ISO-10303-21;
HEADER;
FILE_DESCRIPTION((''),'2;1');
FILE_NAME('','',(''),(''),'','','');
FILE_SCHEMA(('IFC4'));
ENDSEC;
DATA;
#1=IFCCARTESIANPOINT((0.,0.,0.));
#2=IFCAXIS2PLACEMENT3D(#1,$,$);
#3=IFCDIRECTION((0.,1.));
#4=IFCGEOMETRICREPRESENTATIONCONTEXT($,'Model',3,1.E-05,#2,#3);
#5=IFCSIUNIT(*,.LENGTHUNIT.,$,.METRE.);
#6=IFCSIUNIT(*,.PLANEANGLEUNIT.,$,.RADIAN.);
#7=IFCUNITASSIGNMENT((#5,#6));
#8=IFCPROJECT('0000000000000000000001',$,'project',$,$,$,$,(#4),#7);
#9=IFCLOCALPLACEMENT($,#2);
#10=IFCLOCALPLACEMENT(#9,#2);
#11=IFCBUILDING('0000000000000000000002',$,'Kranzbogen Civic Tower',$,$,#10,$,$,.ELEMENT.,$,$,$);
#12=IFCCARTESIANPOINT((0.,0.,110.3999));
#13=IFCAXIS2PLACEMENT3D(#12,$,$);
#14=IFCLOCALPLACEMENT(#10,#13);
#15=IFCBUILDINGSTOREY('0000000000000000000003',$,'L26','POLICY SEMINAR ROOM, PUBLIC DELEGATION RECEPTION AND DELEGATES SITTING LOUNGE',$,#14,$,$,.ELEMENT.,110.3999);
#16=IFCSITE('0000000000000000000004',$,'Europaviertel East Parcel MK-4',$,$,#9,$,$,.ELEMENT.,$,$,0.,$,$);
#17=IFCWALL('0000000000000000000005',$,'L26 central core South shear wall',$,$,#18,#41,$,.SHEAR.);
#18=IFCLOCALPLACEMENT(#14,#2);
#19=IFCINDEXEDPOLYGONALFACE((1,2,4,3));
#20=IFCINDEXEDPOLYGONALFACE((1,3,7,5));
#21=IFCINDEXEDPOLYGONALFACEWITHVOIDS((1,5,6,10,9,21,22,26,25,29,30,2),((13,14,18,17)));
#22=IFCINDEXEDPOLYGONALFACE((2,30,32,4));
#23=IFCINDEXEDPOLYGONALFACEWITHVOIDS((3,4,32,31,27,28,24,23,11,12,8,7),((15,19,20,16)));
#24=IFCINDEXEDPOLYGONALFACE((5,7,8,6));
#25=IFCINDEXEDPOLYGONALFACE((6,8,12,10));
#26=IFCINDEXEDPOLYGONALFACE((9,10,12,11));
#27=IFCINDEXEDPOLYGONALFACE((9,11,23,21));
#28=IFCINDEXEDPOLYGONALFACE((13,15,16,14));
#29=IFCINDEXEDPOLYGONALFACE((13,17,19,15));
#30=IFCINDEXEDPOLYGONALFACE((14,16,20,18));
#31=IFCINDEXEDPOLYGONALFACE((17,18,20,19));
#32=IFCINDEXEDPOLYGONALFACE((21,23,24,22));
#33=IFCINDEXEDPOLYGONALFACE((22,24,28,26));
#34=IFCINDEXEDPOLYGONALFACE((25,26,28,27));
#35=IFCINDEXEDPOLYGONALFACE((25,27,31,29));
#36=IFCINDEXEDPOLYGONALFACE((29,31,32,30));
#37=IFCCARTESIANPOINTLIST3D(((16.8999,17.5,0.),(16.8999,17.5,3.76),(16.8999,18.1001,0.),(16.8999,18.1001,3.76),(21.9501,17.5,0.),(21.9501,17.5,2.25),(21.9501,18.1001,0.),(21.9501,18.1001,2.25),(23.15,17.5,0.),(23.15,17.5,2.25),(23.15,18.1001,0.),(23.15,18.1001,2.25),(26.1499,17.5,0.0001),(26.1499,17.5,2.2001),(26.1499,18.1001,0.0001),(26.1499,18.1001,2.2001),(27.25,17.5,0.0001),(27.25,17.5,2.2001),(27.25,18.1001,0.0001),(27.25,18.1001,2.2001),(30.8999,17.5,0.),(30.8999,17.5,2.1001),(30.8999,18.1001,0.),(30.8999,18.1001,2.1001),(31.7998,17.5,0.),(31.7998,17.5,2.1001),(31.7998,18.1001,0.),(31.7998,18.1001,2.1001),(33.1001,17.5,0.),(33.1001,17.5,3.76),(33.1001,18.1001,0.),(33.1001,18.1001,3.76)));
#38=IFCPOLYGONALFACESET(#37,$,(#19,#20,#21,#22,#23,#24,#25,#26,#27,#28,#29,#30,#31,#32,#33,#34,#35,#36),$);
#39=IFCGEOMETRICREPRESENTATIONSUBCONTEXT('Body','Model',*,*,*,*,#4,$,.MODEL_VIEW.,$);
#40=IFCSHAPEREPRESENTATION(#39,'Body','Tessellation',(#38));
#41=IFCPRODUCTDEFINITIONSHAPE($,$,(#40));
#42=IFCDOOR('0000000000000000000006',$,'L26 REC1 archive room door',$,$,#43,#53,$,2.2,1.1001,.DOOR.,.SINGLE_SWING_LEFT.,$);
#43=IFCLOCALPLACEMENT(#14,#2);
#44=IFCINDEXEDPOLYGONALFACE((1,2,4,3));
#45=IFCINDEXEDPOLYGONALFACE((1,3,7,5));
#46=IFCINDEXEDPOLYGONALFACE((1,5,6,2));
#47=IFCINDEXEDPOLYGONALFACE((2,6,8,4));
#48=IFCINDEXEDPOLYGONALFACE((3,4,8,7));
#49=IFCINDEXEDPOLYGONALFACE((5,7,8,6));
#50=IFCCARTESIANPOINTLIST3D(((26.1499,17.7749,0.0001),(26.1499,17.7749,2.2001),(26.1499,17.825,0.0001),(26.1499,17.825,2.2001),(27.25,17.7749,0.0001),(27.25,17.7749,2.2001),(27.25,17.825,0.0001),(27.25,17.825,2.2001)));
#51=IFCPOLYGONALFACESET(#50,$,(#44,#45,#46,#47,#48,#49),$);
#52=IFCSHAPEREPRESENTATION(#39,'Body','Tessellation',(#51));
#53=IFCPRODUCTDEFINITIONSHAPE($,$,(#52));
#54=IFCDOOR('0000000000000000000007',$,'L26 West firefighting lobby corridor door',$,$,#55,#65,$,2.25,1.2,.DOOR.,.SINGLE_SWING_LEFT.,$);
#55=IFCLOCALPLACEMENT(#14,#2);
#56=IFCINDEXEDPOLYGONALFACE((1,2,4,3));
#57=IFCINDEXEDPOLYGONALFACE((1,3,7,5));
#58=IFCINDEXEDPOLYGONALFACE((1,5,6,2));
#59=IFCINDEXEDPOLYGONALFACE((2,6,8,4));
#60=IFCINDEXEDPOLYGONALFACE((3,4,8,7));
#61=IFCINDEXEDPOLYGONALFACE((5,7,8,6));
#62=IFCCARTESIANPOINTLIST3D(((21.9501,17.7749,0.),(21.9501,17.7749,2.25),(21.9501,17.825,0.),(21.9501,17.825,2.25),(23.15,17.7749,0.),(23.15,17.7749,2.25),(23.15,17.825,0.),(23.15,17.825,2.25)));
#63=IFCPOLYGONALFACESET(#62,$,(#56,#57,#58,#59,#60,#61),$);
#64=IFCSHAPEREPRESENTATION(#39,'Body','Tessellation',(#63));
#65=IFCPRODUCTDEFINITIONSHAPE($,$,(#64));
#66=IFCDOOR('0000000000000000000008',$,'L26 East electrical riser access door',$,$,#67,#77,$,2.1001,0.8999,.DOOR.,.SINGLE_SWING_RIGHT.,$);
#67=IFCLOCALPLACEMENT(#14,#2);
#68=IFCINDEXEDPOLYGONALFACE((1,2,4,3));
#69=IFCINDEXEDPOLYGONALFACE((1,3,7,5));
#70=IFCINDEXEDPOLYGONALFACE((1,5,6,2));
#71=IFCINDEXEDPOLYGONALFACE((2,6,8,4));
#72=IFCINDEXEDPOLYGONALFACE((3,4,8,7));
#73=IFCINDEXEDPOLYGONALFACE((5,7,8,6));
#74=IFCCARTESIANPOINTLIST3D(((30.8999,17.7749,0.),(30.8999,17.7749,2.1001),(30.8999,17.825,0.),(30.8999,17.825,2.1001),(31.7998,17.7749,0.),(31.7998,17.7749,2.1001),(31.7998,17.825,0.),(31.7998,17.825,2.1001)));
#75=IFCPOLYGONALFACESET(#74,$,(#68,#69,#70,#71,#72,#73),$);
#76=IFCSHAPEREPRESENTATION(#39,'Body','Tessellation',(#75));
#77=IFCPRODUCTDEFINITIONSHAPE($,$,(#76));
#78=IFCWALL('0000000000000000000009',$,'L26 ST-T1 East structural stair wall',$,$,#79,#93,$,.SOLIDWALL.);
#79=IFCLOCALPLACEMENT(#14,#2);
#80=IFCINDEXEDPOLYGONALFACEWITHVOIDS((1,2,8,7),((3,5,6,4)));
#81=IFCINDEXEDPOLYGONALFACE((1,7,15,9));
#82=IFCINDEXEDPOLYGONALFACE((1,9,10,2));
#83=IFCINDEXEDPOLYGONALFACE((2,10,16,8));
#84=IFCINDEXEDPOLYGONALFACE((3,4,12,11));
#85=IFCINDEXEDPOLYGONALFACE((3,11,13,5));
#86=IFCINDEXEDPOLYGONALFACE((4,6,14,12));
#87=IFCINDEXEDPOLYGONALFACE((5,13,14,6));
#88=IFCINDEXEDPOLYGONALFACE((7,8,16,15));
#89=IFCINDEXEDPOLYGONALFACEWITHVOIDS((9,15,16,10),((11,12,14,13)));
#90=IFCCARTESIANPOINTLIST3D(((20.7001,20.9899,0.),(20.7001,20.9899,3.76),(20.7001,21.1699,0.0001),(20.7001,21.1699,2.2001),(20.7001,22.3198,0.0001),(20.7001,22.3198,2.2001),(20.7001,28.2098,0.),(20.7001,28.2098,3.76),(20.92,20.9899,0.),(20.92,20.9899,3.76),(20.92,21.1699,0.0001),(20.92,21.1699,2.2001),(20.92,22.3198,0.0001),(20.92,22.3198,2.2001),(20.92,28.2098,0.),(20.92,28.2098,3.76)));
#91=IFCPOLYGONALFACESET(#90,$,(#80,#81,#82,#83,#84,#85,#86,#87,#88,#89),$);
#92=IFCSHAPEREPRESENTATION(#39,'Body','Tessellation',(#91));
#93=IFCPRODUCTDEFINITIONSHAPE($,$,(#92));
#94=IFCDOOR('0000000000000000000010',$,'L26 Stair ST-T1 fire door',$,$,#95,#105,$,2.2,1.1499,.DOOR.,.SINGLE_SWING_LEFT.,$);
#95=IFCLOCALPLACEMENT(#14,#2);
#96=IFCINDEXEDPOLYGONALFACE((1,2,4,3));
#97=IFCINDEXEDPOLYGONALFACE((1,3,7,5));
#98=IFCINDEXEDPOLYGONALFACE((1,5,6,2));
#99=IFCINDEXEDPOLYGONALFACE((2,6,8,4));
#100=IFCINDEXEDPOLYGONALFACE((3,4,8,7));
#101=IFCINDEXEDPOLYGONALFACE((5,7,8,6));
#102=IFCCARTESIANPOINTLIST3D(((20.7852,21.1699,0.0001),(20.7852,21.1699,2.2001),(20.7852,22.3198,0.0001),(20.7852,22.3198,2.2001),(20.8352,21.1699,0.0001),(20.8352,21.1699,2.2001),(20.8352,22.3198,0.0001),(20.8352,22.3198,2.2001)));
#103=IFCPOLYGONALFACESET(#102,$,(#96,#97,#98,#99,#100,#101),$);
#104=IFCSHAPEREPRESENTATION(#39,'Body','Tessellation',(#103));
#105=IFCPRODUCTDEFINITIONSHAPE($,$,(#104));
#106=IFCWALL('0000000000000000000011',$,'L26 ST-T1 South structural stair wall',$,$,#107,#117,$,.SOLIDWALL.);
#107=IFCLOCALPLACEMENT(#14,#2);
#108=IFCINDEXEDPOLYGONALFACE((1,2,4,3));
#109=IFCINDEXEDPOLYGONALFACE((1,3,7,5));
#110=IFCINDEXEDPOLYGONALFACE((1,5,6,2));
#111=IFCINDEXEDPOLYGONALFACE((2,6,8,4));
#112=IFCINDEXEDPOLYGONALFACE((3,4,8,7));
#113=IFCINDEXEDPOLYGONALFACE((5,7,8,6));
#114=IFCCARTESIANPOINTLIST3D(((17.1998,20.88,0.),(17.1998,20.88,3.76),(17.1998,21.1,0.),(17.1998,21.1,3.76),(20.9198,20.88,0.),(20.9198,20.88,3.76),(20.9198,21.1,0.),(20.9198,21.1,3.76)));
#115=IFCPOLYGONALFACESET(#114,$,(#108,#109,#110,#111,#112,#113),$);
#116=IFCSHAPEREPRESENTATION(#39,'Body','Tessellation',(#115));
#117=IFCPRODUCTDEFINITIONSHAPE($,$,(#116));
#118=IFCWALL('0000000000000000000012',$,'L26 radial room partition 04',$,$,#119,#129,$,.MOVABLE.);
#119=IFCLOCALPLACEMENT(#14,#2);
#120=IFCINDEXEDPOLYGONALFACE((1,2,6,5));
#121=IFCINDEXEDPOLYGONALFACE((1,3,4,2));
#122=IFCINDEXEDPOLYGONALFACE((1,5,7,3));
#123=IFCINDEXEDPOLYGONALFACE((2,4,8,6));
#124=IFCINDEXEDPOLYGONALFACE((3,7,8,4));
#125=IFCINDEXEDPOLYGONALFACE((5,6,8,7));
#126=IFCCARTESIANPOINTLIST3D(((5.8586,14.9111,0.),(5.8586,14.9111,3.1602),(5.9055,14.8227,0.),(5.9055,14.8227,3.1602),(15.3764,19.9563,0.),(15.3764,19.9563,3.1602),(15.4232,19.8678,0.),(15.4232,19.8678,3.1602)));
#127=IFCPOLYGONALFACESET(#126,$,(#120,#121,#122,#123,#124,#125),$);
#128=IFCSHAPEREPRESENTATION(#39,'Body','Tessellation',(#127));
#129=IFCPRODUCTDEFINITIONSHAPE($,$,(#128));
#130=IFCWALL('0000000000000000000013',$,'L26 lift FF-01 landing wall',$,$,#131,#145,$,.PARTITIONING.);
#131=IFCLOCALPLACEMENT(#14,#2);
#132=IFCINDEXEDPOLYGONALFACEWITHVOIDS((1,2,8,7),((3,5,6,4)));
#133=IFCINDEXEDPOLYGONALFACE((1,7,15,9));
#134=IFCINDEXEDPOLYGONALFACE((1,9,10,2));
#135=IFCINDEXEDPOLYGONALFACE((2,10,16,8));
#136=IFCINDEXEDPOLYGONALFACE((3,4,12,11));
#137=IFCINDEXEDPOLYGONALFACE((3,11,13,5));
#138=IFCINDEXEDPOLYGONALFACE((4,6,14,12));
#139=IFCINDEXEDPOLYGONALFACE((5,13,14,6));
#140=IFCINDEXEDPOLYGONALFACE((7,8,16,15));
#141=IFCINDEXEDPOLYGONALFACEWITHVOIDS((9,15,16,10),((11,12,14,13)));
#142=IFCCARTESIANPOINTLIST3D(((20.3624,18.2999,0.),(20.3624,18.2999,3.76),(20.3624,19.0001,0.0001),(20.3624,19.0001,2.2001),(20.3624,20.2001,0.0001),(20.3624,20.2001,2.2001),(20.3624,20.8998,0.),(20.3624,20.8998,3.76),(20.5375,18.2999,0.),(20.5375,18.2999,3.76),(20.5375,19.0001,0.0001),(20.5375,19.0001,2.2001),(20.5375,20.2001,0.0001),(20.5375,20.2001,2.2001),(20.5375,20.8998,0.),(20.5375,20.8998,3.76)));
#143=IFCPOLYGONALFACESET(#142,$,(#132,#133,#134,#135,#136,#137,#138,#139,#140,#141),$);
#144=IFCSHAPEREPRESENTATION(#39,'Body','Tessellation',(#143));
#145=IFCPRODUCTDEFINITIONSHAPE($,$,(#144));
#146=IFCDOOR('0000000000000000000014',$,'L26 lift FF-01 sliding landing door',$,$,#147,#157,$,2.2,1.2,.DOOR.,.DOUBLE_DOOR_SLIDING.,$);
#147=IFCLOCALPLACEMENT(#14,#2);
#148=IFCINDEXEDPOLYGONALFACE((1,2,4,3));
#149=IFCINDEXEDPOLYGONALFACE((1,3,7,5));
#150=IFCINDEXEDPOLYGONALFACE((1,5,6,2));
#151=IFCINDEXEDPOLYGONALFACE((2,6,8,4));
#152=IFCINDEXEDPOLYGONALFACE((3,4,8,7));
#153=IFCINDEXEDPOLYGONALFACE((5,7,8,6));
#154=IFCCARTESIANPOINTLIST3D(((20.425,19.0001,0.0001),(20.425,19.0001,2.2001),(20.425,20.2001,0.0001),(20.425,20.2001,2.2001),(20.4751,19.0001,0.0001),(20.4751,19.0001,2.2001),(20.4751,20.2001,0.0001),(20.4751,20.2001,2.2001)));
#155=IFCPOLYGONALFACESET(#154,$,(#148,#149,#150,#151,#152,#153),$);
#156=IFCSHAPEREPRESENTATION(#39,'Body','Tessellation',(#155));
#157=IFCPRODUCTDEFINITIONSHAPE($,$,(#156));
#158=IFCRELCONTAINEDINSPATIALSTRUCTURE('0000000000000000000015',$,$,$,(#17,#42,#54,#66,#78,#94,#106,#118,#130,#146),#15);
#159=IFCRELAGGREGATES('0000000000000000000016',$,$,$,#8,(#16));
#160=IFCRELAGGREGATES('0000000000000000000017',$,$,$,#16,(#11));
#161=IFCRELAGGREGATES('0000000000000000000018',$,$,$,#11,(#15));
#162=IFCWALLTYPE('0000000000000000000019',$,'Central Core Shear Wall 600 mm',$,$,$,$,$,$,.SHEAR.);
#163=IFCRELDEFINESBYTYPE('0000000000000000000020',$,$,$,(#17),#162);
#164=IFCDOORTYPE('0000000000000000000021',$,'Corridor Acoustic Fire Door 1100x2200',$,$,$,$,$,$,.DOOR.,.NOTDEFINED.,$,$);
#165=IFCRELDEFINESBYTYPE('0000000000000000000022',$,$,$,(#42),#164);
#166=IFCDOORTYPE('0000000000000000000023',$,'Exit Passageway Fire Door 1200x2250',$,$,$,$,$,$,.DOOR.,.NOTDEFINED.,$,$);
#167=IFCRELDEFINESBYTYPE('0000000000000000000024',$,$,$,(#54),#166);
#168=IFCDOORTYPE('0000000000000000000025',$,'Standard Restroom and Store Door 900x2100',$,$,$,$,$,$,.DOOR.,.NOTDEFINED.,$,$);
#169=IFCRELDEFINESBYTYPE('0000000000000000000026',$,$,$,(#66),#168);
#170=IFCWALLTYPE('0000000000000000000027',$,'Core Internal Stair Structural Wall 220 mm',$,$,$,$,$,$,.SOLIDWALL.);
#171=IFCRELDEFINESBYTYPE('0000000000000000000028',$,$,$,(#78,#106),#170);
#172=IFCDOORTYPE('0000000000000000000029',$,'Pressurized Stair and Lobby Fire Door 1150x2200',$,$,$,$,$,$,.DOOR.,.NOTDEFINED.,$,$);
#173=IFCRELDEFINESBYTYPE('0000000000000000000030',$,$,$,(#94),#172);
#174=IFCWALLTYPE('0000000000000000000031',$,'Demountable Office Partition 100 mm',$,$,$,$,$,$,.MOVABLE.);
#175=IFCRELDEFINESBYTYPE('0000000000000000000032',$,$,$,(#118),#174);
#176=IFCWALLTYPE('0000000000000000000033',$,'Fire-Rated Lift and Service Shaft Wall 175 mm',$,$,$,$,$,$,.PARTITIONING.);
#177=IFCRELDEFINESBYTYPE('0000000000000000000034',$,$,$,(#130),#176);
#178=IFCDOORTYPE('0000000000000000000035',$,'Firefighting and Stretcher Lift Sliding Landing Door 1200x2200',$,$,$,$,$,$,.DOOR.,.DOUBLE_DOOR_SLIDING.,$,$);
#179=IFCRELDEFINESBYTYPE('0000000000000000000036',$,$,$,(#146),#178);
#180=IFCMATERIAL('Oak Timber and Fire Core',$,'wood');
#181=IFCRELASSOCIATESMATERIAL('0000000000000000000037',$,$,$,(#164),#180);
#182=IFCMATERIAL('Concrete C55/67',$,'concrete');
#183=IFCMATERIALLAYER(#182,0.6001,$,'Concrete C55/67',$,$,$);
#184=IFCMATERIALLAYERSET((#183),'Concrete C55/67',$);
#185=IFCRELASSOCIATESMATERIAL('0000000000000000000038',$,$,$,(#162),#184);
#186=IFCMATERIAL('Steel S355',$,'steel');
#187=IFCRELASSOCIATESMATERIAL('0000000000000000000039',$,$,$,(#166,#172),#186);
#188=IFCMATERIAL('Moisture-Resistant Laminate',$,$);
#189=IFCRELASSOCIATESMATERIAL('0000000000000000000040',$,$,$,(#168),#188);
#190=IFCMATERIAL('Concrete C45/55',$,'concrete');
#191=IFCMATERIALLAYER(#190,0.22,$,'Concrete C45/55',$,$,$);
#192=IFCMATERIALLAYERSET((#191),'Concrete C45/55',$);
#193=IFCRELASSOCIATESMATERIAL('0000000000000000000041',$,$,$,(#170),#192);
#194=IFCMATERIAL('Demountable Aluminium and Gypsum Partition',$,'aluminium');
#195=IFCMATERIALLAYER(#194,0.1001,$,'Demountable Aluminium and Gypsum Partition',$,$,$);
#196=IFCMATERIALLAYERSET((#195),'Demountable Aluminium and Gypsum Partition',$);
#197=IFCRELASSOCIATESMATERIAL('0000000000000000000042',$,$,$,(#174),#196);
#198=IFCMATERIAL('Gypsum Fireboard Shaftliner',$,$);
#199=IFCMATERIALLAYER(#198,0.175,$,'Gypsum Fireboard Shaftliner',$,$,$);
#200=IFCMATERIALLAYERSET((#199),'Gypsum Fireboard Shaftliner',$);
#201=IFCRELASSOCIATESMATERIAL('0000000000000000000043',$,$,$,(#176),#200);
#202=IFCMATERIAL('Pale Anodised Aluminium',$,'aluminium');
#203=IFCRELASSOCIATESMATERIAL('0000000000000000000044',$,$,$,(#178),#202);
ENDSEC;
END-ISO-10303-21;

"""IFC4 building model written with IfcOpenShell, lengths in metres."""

from ifc_helpers import new_model, si_unit, direction, frame, frame_2d, origin, place, context, subcontext, project, spatial, rectangle, extrude, material, layer, layer_set, type_object, element, fill, save


model = new_model("IFC4")

# Units and contexts
model_context = context("Model", 3, precision=1e-05, world=origin(), true_north=direction((0.0, 1.0)))
body_context = subcontext(model_context, "Body", "Model", "MODEL_VIEW")
ifc_project = project(units=[si_unit("LENGTHUNIT", "METRE"), si_unit("PLANEANGLEUNIT", "RADIAN")], contexts=[model_context])

# Site, building, storey
site_placement = place(None, origin())
site = spatial("IfcSite", under=ifc_project, at=site_placement, Name="Europaviertel East Parcel MK-4", CompositionType="ELEMENT", RefElevation=0.0)
building_placement = place(site_placement, origin())
building = spatial("IfcBuilding", under=site, at=building_placement, Name="Kranzbogen Civic Tower", CompositionType="ELEMENT")
storey_placement = place(building_placement, frame((0.0, 0.0, 110.3999)))
storey = spatial("IfcBuildingStorey", under=building, at=storey_placement, Name="L26", Description="POLICY SEMINAR ROOM, PUBLIC DELEGATION RECEPTION AND DELEGATES SITTING LOUNGE", CompositionType="ELEMENT", Elevation=110.3999)

# Shared definitions
ifc_material_1 = material(Name="Steel S355", Category="steel")

# Shared definitions
ifc_material_2 = material(Name="Oak Timber and Fire Core", Category="wood")
door_type_1 = type_object("IfcDoorType", Name="Corridor Acoustic Fire Door 1100x2200", OperationType="NOTDEFINED", PredefinedType="DOOR", material=ifc_material_2)

# Wall, openings, doors
ifc_material_3 = material(Name="Concrete C55/67", Category="concrete")
ifc_layer_1 = layer(ifc_material_3, 0.6001, Name="Concrete C55/67")
ifc_layer_set_1 = layer_set([ifc_layer_1], Name="Concrete C55/67")
wall_type_1 = type_object("IfcWallType", Name="Central Core Shear Wall 600 mm", PredefinedType="SHEAR", material=ifc_layer_set_1)
wall_1_placement = place(storey_placement, frame((16.8999, 17.8, 0.0), z_axis=(0.0, 0.0, 1.0), x_axis=(1.0, 0.0, 0.0)))
wall_1 = element("IfcWall", 1, at=wall_1_placement, inside=storey, type_object=wall_type_1, Name="L26 central core South shear wall", PredefinedType="SHEAR", context=body_context, shape_type="SweptSolid", body=[
    extrude(rectangle(XDim=16.2002, YDim=0.6001, at=frame_2d((8.1001, 0.0))), origin(), (0.0, 0.0, 1.0), 3.76),
])
opening_1_placement = place(wall_1_placement, frame((5.05, 0.0, 0.0)))
opening_1 = element("IfcOpeningElement", 2, at=opening_1_placement, cuts=wall_1, PredefinedType="OPENING", context=body_context, shape_type="SweptSolid", body=[
    extrude(rectangle(XDim=1.2, YDim=2.25, at=frame_2d((0.6001, 1.125))), frame((0.0, 0.3101, 0.0), z_axis=(0.0, -1.0, 0.0), x_axis=(1.0, 0.0, 0.0)), (0.0, 0.0, 1.0), 0.6201),
])
opening_2_placement = place(wall_1_placement, frame((14.0, 0.0, 0.0)))
opening_2 = element("IfcOpeningElement", 3, at=opening_2_placement, cuts=wall_1, PredefinedType="OPENING", context=body_context, shape_type="SweptSolid", body=[
    extrude(rectangle(XDim=0.8999, YDim=2.1001, at=frame_2d((0.45, 1.05))), frame((0.0, 0.3101, 0.0), z_axis=(0.0, -1.0, 0.0), x_axis=(1.0, 0.0, 0.0)), (0.0, 0.0, 1.0), 0.6201),
])
opening_3_placement = place(wall_1_placement, frame((9.25, 0.0, 0.0)))
opening_3 = element("IfcOpeningElement", 4, at=opening_3_placement, cuts=wall_1, PredefinedType="OPENING", context=body_context, shape_type="SweptSolid", body=[
    extrude(rectangle(XDim=1.1001, YDim=2.2, at=frame_2d((0.55, 1.1001))), frame((0.0, 0.3101, 0.0), z_axis=(0.0, -1.0, 0.0), x_axis=(1.0, 0.0, 0.0)), (0.0, 0.0, 1.0), 0.6201),
])
door_1_placement = place(opening_3_placement, origin())
door_1 = element("IfcDoor", 5, at=door_1_placement, inside=storey, type_object=door_type_1, Name="L26 REC1 archive room door", OperationType="SINGLE_SWING_LEFT", OverallHeight=2.2, OverallWidth=1.1001, PredefinedType="DOOR", context=body_context, shape_type="SweptSolid", body=[
    extrude(rectangle(XDim=1.1001, YDim=2.2, at=frame_2d((0.55, 1.1001))), frame((0.0, 0.0249, 0.0), z_axis=(0.0, -1.0, 0.0), x_axis=(1.0, 0.0, 0.0)), (0.0, 0.0, 1.0), 0.05),
])
fill(opening_3, door_1)
door_type_2 = type_object("IfcDoorType", Name="Exit Passageway Fire Door 1200x2250", OperationType="NOTDEFINED", PredefinedType="DOOR", material=ifc_material_1)
door_2_placement = place(opening_1_placement, origin())
door_2 = element("IfcDoor", 6, at=door_2_placement, inside=storey, type_object=door_type_2, Name="L26 West firefighting lobby corridor door", OperationType="SINGLE_SWING_LEFT", OverallHeight=2.25, OverallWidth=1.2, PredefinedType="DOOR", context=body_context, shape_type="SweptSolid", body=[
    extrude(rectangle(XDim=1.2, YDim=2.25, at=frame_2d((0.6001, 1.125))), frame((0.0, 0.0249, 0.0), z_axis=(0.0, -1.0, 0.0), x_axis=(1.0, 0.0, 0.0)), (0.0, 0.0, 1.0), 0.05),
])
fill(opening_1, door_2)
ifc_material_4 = material(Name="Moisture-Resistant Laminate")
door_type_3 = type_object("IfcDoorType", Name="Standard Restroom and Store Door 900x2100", OperationType="NOTDEFINED", PredefinedType="DOOR", material=ifc_material_4)
door_3_placement = place(opening_2_placement, origin())
door_3 = element("IfcDoor", 7, at=door_3_placement, inside=storey, type_object=door_type_3, Name="L26 East electrical riser access door", OperationType="SINGLE_SWING_RIGHT", OverallHeight=2.1001, OverallWidth=0.8999, PredefinedType="DOOR", context=body_context, shape_type="SweptSolid", body=[
    extrude(rectangle(XDim=0.8999, YDim=2.1001, at=frame_2d((0.45, 1.05))), frame((0.0, 0.0249, 0.0), z_axis=(0.0, -1.0, 0.0), x_axis=(1.0, 0.0, 0.0)), (0.0, 0.0, 1.0), 0.05),
])
fill(opening_2, door_3)

# Wall, opening, door
ifc_material_5 = material(Name="Concrete C45/55", Category="concrete")
ifc_layer_2 = layer(ifc_material_5, 0.22, Name="Concrete C45/55")
ifc_layer_set_2 = layer_set([ifc_layer_2], Name="Concrete C45/55")
wall_type_2 = type_object("IfcWallType", Name="Core Internal Stair Structural Wall 220 mm", PredefinedType="SOLIDWALL", material=ifc_layer_set_2)
wall_2_placement = place(storey_placement, frame((20.8101, 20.99, 0.0), z_axis=(0.0, 0.0, 1.0), x_axis=(0.0, 1.0, 0.0)))
wall_2 = element("IfcWall", 8, at=wall_2_placement, inside=storey, type_object=wall_type_2, Name="L26 ST-T1 East structural stair wall", PredefinedType="SOLIDWALL", context=body_context, shape_type="SweptSolid", body=[
    extrude(rectangle(XDim=7.22, YDim=0.22, at=frame_2d((3.6099, 0.0))), origin(), (0.0, 0.0, 1.0), 3.76),
])
opening_4_placement = place(wall_2_placement, frame((0.1799, 0.0, 0.0)))
opening_4 = element("IfcOpeningElement", 9, at=opening_4_placement, cuts=wall_2, PredefinedType="OPENING", context=body_context, shape_type="SweptSolid", body=[
    extrude(rectangle(XDim=1.1499, YDim=2.2, at=frame_2d((0.575, 1.1001))), frame((0.0, 0.1201, 0.0), z_axis=(0.0, -1.0, 0.0), x_axis=(1.0, 0.0, 0.0)), (0.0, 0.0, 1.0), 0.24),
])
door_type_4 = type_object("IfcDoorType", Name="Pressurized Stair and Lobby Fire Door 1150x2200", OperationType="NOTDEFINED", PredefinedType="DOOR", material=ifc_material_1)
door_4_placement = place(opening_4_placement, origin())
door_4 = element("IfcDoor", 10, at=door_4_placement, inside=storey, type_object=door_type_4, Name="L26 Stair ST-T1 fire door", OperationType="SINGLE_SWING_LEFT", OverallHeight=2.2, OverallWidth=1.1499, PredefinedType="DOOR", context=body_context, shape_type="SweptSolid", body=[
    extrude(rectangle(XDim=1.1499, YDim=2.2, at=frame_2d((0.575, 1.1001))), frame((0.0, 0.0249, 0.0), z_axis=(0.0, -1.0, 0.0), x_axis=(1.0, 0.0, 0.0)), (0.0, 0.0, 1.0), 0.05),
])
fill(opening_4, door_4)

# Walls
wall_3_placement = place(storey_placement, frame((17.2, 20.99, 0.0), z_axis=(0.0, 0.0, 1.0), x_axis=(1.0, 0.0, 0.0)))
element("IfcWall", 11, at=wall_3_placement, inside=storey, type_object=wall_type_2, Name="L26 ST-T1 South structural stair wall", PredefinedType="SOLIDWALL", context=body_context, shape_type="SweptSolid", body=[
    extrude(rectangle(XDim=3.72, YDim=0.22, at=frame_2d((1.8599, 0.0))), origin(), (0.0, 0.0, 1.0), 3.76),
])
ifc_material_6 = material(Name="Demountable Aluminium and Gypsum Partition", Category="aluminium")
ifc_layer_3 = layer(ifc_material_6, 0.1001, Name="Demountable Aluminium and Gypsum Partition")
ifc_layer_set_3 = layer_set([ifc_layer_3], Name="Demountable Aluminium and Gypsum Partition")
wall_type_3 = type_object("IfcWallType", Name="Demountable Office Partition 100 mm", PredefinedType="MOVABLE", material=ifc_layer_set_3)
wall_4_placement = place(storey_placement, frame((15.3999, 19.9121, 0.0), z_axis=(0.0, 0.0, 1.0), x_axis=(-0.883545, -0.468346, 0.0)))
element("IfcWall", 12, at=wall_4_placement, inside=storey, type_object=wall_type_3, Name="L26 radial room partition 04", PredefinedType="MOVABLE", context=body_context, shape_type="SweptSolid", body=[
    extrude(rectangle(XDim=10.7722, YDim=0.1001, at=frame_2d((5.3862, 0.0))), origin(), (0.0, 0.0, 1.0), 3.1602),
])

# Wall, opening, door
ifc_material_7 = material(Name="Gypsum Fireboard Shaftliner")
ifc_layer_4 = layer(ifc_material_7, 0.175, Name="Gypsum Fireboard Shaftliner")
ifc_layer_set_4 = layer_set([ifc_layer_4], Name="Gypsum Fireboard Shaftliner")
wall_type_4 = type_object("IfcWallType", Name="Fire-Rated Lift and Service Shaft Wall 175 mm", PredefinedType="PARTITIONING", material=ifc_layer_set_4)
wall_5_placement = place(storey_placement, frame((20.45, 18.3, 0.0), z_axis=(0.0, 0.0, 1.0), x_axis=(0.0, 1.0, 0.0)))
wall_5 = element("IfcWall", 13, at=wall_5_placement, inside=storey, type_object=wall_type_4, Name="L26 lift FF-01 landing wall", PredefinedType="PARTITIONING", context=body_context, shape_type="SweptSolid", body=[
    extrude(rectangle(XDim=2.5999, YDim=0.175, at=frame_2d((1.2998, 0.0))), origin(), (0.0, 0.0, 1.0), 3.76),
])
opening_5_placement = place(wall_5_placement, frame((0.7, 0.0, 0.0)))
opening_5 = element("IfcOpeningElement", 14, at=opening_5_placement, cuts=wall_5, PredefinedType="OPENING", context=body_context, shape_type="SweptSolid", body=[
    extrude(rectangle(XDim=1.2, YDim=2.2, at=frame_2d((0.6001, 1.1001))), frame((0.0, 0.0977, 0.0), z_axis=(0.0, -1.0, 0.0), x_axis=(1.0, 0.0, 0.0)), (0.0, 0.0, 1.0), 0.1951),
])
ifc_material_8 = material(Name="Pale Anodised Aluminium", Category="aluminium")
door_type_5 = type_object("IfcDoorType", Name="Firefighting and Stretcher Lift Sliding Landing Door 1200x2200", OperationType="DOUBLE_DOOR_SLIDING", PredefinedType="DOOR", material=ifc_material_8)
door_5_placement = place(opening_5_placement, origin())
door_5 = element("IfcDoor", 15, at=door_5_placement, inside=storey, type_object=door_type_5, Name="L26 lift FF-01 sliding landing door", OperationType="DOUBLE_DOOR_SLIDING", OverallHeight=2.2, OverallWidth=1.2, PredefinedType="DOOR", context=body_context, shape_type="SweptSolid", body=[
    extrude(rectangle(XDim=1.2, YDim=2.2, at=frame_2d((0.6001, 1.1001))), frame((0.0, 0.0249, 0.0), z_axis=(0.0, -1.0, 0.0), x_axis=(1.0, 0.0, 0.0)), (0.0, 0.0, 1.0), 0.05),
])
fill(opening_5, door_5)

save(model, "model.ifc")
